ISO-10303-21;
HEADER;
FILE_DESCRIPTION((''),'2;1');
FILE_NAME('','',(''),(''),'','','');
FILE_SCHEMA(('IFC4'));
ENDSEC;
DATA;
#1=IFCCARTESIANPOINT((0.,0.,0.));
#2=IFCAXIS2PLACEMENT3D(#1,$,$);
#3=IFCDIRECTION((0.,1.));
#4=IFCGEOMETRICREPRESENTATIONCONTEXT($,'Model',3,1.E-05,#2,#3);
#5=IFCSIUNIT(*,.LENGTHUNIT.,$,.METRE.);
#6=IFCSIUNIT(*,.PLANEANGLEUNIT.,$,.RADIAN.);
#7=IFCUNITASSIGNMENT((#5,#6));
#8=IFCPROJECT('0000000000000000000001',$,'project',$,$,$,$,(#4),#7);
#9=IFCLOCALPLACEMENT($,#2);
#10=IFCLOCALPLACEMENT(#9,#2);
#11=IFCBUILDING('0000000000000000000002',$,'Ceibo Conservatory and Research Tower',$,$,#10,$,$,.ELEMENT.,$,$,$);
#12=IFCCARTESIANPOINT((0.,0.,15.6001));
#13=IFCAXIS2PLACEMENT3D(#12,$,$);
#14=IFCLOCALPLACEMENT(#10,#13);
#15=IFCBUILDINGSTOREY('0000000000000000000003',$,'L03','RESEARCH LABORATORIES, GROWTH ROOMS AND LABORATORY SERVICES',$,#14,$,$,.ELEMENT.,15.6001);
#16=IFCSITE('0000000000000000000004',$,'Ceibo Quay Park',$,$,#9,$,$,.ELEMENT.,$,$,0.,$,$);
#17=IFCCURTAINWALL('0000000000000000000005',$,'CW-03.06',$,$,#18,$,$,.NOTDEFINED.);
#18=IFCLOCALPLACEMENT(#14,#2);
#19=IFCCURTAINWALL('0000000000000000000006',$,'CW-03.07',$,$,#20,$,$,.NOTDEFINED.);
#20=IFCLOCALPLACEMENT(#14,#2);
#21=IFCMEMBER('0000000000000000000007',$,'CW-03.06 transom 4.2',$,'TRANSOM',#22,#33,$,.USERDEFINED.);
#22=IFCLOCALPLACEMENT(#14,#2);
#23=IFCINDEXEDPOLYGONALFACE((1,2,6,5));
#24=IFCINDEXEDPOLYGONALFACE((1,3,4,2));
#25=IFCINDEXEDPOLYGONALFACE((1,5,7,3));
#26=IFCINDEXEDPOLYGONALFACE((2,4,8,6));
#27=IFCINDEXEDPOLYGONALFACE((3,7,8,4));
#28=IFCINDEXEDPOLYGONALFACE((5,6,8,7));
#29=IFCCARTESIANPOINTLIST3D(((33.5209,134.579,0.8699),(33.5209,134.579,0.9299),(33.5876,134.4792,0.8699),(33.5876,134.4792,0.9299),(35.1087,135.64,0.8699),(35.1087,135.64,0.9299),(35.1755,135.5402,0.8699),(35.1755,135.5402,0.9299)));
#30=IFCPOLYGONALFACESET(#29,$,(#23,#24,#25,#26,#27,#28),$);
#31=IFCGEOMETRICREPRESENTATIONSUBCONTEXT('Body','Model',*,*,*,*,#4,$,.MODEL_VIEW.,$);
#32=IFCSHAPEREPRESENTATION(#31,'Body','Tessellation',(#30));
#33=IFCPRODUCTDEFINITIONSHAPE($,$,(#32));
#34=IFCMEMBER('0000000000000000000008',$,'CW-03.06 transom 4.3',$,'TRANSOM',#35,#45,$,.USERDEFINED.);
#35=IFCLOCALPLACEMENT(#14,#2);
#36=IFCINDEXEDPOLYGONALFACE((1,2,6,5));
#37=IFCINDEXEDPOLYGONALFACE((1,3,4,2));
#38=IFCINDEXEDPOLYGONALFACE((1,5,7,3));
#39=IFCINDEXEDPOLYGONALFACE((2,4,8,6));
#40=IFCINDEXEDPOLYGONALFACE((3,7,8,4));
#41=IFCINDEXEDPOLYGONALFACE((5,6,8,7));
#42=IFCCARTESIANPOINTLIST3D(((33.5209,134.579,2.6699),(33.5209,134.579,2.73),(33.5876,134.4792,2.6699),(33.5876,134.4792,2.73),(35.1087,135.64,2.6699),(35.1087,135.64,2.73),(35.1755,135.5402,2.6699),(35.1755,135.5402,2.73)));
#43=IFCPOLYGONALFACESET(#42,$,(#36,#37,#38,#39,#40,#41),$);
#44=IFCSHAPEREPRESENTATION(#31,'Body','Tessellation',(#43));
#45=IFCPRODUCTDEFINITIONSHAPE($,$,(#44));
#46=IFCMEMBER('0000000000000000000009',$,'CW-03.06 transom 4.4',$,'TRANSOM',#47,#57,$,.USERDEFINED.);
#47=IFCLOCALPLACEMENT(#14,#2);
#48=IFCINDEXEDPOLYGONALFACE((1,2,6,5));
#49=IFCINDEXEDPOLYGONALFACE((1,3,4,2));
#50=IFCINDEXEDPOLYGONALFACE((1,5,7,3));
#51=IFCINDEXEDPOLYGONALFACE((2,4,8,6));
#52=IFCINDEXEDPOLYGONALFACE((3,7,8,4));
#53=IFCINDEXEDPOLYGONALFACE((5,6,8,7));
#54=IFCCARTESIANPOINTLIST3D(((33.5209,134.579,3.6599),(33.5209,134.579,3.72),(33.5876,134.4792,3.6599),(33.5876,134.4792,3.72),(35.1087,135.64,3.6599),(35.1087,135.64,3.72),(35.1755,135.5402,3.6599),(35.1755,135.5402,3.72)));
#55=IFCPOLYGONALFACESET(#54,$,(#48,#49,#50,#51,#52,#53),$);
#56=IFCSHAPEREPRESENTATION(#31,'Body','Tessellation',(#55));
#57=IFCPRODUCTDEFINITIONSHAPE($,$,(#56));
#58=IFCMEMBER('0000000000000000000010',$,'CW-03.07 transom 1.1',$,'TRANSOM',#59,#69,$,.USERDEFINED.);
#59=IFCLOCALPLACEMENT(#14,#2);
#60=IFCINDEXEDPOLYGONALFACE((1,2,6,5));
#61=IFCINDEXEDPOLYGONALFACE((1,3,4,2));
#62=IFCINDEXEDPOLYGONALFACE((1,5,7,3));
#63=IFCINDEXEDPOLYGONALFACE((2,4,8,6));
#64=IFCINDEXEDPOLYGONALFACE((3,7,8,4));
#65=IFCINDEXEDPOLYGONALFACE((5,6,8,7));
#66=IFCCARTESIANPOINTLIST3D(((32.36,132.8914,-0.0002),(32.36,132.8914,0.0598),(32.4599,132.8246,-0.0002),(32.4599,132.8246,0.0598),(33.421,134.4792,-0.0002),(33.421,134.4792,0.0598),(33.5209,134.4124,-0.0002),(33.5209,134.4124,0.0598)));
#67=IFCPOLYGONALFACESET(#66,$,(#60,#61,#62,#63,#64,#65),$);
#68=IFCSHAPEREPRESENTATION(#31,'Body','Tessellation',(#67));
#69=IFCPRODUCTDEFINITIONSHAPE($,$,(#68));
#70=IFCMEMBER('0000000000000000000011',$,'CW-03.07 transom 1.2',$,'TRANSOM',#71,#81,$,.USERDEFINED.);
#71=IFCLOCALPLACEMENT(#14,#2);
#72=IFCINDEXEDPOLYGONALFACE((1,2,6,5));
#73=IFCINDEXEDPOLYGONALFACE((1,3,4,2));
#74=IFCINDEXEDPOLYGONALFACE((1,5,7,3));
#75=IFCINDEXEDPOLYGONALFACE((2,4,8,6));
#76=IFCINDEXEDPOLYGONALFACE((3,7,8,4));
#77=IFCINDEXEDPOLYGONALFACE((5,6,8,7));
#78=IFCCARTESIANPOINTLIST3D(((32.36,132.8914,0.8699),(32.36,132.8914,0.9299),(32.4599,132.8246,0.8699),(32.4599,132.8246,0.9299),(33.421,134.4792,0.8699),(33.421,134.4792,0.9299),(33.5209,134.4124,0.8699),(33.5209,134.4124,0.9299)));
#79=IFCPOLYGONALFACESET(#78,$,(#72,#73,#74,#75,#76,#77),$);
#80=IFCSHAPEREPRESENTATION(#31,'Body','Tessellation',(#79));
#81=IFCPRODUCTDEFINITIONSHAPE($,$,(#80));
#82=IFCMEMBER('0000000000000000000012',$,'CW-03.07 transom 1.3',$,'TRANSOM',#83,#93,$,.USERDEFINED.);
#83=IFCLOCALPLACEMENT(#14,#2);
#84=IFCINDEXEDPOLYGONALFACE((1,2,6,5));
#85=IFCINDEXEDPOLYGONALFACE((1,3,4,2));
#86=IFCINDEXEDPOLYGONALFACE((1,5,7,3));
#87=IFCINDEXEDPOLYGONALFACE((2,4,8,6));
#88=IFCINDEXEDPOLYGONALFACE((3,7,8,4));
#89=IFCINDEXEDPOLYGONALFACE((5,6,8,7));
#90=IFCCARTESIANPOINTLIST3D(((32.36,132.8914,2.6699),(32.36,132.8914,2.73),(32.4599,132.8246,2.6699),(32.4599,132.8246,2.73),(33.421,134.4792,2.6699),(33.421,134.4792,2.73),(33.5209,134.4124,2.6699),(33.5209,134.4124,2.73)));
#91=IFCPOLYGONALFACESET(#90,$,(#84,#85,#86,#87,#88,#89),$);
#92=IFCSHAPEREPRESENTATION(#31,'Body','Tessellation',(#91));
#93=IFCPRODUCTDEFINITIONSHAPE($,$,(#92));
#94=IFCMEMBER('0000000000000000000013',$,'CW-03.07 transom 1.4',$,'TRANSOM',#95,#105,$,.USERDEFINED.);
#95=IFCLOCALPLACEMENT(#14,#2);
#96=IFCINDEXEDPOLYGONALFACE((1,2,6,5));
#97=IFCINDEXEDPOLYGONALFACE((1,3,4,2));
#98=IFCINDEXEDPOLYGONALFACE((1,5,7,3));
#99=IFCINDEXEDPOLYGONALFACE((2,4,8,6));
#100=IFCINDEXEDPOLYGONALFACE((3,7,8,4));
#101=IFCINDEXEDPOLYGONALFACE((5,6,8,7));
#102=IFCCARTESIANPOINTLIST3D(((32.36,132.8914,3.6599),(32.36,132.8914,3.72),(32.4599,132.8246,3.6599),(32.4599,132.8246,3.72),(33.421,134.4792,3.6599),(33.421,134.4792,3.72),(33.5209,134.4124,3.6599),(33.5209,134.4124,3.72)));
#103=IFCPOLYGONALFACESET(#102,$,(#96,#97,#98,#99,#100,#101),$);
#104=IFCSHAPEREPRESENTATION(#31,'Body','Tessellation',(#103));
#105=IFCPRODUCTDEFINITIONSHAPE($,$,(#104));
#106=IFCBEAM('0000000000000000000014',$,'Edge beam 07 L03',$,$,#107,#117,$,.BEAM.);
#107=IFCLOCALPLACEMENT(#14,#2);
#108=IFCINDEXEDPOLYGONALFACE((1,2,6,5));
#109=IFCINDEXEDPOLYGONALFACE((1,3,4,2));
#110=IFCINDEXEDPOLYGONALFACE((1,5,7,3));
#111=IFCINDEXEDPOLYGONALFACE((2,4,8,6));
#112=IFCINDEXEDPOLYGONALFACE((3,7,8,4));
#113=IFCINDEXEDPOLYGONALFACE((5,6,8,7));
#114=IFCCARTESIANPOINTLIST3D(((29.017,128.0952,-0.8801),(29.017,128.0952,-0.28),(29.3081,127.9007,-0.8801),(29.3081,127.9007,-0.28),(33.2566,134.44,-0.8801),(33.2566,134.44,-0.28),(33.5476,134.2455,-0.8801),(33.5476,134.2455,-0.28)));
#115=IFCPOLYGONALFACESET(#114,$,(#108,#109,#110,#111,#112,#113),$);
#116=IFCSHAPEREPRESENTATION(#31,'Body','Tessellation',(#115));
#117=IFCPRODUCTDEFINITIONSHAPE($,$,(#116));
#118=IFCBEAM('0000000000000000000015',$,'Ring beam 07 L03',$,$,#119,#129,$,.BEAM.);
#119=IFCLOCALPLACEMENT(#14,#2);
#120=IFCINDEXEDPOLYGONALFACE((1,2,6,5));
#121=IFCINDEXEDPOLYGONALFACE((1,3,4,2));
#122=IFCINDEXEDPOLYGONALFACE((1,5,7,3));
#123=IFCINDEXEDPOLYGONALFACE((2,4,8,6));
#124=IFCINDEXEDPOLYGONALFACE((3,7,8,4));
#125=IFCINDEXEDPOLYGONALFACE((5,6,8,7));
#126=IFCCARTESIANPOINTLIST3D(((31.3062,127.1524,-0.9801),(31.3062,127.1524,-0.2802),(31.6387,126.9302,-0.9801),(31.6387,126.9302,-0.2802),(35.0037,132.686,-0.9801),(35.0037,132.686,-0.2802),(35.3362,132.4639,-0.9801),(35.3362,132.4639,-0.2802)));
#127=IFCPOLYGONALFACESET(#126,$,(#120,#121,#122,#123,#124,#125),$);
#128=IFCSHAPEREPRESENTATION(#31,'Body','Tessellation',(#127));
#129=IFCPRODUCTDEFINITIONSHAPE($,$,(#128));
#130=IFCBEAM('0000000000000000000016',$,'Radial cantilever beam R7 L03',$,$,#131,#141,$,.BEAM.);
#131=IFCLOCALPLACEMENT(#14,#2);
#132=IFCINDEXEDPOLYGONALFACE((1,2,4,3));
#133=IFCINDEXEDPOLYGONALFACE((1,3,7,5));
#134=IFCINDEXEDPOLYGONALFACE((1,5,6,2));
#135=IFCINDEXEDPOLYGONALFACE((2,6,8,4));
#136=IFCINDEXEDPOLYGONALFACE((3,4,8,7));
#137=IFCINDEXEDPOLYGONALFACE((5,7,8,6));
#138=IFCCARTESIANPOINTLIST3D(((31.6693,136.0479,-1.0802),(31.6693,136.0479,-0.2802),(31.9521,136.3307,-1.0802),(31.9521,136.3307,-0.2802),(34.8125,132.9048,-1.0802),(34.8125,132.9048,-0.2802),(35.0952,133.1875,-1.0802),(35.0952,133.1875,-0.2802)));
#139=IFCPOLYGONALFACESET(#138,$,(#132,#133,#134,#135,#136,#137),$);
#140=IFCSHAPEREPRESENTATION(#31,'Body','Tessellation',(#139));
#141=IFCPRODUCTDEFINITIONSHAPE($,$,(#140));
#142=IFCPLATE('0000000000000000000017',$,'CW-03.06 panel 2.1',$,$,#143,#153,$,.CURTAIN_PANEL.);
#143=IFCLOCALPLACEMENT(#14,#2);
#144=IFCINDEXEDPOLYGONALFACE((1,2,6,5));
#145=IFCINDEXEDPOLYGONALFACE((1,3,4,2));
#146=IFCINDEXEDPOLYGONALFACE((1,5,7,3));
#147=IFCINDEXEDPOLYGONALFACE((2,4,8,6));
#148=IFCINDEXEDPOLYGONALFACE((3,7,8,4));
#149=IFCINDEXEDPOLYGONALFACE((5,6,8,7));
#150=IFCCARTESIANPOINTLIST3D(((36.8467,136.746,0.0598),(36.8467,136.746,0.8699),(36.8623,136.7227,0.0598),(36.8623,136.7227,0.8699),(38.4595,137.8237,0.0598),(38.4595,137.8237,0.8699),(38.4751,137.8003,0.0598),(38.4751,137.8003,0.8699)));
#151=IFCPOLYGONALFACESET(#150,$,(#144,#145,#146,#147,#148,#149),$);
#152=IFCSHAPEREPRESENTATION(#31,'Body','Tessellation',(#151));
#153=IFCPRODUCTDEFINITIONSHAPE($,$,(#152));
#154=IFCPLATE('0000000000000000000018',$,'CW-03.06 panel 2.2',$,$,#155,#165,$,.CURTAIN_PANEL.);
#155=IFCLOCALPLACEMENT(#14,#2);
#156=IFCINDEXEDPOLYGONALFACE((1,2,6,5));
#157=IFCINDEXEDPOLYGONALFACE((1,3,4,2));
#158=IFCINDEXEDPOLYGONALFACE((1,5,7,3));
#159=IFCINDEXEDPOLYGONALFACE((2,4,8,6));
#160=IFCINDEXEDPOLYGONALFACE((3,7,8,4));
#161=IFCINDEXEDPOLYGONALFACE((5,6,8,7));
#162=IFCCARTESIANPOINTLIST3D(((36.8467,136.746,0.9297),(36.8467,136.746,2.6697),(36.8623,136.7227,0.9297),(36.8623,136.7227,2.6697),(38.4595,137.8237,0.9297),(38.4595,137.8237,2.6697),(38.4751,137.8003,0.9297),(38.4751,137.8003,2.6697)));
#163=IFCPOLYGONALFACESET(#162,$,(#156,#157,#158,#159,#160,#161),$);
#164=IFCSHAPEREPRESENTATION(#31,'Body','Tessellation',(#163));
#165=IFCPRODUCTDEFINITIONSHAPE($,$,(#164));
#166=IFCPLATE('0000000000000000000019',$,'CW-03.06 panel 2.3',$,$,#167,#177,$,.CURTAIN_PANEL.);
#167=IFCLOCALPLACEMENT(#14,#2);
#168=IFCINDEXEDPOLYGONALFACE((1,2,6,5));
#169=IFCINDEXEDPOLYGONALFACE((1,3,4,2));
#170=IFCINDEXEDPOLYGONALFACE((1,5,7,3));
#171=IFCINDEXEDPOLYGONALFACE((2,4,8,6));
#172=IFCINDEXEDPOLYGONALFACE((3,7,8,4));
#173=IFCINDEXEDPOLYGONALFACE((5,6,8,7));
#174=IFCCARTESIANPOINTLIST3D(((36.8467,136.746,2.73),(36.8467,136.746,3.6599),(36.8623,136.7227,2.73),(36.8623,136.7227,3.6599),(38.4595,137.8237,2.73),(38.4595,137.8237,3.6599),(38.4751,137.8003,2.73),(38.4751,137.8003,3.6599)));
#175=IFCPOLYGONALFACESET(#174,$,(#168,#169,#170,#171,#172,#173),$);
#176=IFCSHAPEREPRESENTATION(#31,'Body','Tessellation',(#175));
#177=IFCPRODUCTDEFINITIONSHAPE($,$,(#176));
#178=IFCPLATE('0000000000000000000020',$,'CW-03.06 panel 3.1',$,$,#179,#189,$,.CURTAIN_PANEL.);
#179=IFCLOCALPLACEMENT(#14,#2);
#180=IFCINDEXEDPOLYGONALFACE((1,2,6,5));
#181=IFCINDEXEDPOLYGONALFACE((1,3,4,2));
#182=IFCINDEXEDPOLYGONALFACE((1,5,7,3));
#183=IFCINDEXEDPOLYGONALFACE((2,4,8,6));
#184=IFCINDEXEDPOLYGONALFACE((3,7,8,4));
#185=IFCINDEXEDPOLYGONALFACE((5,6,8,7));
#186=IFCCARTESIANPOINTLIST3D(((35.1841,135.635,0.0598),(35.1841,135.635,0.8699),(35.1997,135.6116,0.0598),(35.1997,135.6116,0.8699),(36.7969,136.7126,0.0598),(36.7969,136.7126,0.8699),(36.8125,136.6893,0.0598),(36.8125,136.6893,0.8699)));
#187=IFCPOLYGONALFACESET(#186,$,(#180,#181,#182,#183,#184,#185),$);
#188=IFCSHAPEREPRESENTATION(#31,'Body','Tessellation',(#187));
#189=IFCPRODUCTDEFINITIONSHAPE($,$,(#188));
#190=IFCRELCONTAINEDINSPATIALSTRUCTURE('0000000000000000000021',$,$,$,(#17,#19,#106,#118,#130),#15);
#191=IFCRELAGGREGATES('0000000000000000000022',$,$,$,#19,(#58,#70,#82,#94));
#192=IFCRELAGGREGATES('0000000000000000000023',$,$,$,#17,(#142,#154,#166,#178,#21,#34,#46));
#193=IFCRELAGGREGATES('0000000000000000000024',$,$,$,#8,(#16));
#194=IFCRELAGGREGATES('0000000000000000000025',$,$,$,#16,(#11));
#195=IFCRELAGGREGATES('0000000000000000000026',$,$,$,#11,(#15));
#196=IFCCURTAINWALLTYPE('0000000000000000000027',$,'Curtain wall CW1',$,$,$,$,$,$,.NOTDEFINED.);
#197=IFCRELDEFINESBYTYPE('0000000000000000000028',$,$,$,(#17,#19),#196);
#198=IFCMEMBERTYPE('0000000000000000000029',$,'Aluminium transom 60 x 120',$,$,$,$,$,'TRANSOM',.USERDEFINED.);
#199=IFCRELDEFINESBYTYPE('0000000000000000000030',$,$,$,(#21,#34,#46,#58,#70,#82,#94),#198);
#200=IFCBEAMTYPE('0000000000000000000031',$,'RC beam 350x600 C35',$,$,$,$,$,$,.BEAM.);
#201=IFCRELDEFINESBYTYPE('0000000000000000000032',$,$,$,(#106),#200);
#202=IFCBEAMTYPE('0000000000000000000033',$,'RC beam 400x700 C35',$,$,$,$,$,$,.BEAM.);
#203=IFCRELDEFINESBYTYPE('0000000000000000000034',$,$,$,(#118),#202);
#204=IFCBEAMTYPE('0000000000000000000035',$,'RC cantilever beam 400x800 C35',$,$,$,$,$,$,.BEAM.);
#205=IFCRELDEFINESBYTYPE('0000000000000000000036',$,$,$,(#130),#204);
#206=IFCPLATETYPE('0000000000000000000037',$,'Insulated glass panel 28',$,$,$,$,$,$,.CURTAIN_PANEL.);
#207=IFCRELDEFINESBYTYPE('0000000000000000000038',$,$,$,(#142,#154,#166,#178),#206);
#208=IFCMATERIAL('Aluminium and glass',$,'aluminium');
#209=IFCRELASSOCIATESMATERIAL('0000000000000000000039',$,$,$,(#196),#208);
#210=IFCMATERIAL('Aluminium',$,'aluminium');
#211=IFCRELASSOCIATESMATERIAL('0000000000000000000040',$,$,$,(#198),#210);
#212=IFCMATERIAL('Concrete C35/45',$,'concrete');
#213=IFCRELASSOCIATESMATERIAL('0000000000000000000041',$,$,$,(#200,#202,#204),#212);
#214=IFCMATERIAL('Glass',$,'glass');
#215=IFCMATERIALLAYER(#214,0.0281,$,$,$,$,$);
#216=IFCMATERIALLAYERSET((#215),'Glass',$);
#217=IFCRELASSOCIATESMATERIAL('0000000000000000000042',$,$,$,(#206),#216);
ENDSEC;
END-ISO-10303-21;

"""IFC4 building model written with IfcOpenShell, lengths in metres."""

from ifc_helpers import new_model, si_unit, direction, frame, origin, origin_2d, place, context, subcontext, project, spatial, rectangle, extrude, material, layer, layer_set, material_profile, profile_set, type_object, element, aggregate, save


model = new_model("IFC4")

# Units and contexts
model_context = context("Model", 3, precision=1e-05, world=origin(), true_north=direction((0.0, 1.0)))
body_context = subcontext(model_context, "Body", "Model", "MODEL_VIEW")
ifc_project = project(units=[si_unit("LENGTHUNIT", "METRE"), si_unit("PLANEANGLEUNIT", "RADIAN")], contexts=[model_context])

# Site, building, storey
site_placement = place(None, origin())
site = spatial("IfcSite", under=ifc_project, at=site_placement, Name="Ceibo Quay Park", CompositionType="ELEMENT", RefElevation=0.0)
building_placement = place(site_placement, origin())
building = spatial("IfcBuilding", under=site, at=building_placement, Name="Ceibo Conservatory and Research Tower", CompositionType="ELEMENT")
storey_placement = place(building_placement, frame((0.0, 0.0, 15.6001)))
storey = spatial("IfcBuildingStorey", under=building, at=storey_placement, Name="L03", Description="RESEARCH LABORATORIES, GROWTH ROOMS AND LABORATORY SERVICES", CompositionType="ELEMENT", Elevation=15.6001)

# Shared definitions
ifc_material_1 = material(Name="Concrete C35/45", Category="concrete")

# Curtain wall
ifc_material_2 = material(Name="Aluminium and glass", Category="aluminium")
curtain_wall_type = type_object("IfcCurtainWallType", Name="Curtain wall CW1", PredefinedType="NOTDEFINED", material=ifc_material_2)
curtain_wall_1_placement = place(storey_placement, origin())
curtain_wall_1 = element("IfcCurtainWall", 1, at=curtain_wall_1_placement, inside=storey, type_object=curtain_wall_type, Name="CW-03.06", PredefinedType="NOTDEFINED")
ifc_material_3 = material(Name="Aluminium", Category="aluminium")

# Curtain wall
curtain_wall_2_placement = place(storey_placement, origin())
curtain_wall_2 = element("IfcCurtainWall", 2, at=curtain_wall_2_placement, inside=storey, type_object=curtain_wall_type, Name="CW-03.07", PredefinedType="NOTDEFINED")

# Members
ifc_material_profile_1 = material_profile(ifc_material_3, rectangle(XDim=0.1201, YDim=0.0601, at=origin_2d()), Name="Aluminium 60 x 120")
ifc_profile_set_1 = profile_set([ifc_material_profile_1], Name="Aluminium")
member_type_1 = type_object("IfcMemberType", Name="Aluminium transom 60 x 120", ElementType="TRANSOM", PredefinedType="USERDEFINED", material=ifc_profile_set_1)
member_1_placement = place(storey_placement, frame((35.1421, 135.5901, 0.8999), z_axis=(-0.83146, -0.555585, 0.0), x_axis=(0.555585, -0.83146, 0.0)))
member_1 = element("IfcMember", 3, at=member_1_placement, type_object=member_type_1, Name="CW-03.06 transom 4.2", ObjectType="TRANSOM", PredefinedType="USERDEFINED", context=body_context, shape_type="SweptSolid", body=[
    extrude(rectangle(XDim=0.1201, YDim=0.0601, at=origin_2d()), origin(), (0.0, 0.0, 1.0), 1.9097),
])
member_2_placement = place(storey_placement, frame((35.1421, 135.5901, 2.7), z_axis=(-0.83146, -0.555585, 0.0), x_axis=(0.555585, -0.83146, 0.0)))
member_2 = element("IfcMember", 4, at=member_2_placement, type_object=member_type_1, Name="CW-03.06 transom 4.3", ObjectType="TRANSOM", PredefinedType="USERDEFINED", context=body_context, shape_type="SweptSolid", body=[
    extrude(rectangle(XDim=0.1201, YDim=0.0601, at=origin_2d()), origin(), (0.0, 0.0, 1.0), 1.9097),
])
member_3_placement = place(storey_placement, frame((35.1421, 135.5901, 3.6899), z_axis=(-0.83146, -0.555585, 0.0), x_axis=(0.555585, -0.83146, 0.0)))
member_3 = element("IfcMember", 5, at=member_3_placement, type_object=member_type_1, Name="CW-03.06 transom 4.4", ObjectType="TRANSOM", PredefinedType="USERDEFINED", context=body_context, shape_type="SweptSolid", body=[
    extrude(rectangle(XDim=0.1201, YDim=0.0601, at=origin_2d()), origin(), (0.0, 0.0, 1.0), 1.9097),
])
member_4_placement = place(storey_placement, frame((33.4709, 134.4458, 0.0298), z_axis=(-0.555585, -0.83146, 0.0), x_axis=(0.83146, -0.555585, 0.0)))
member_4 = element("IfcMember", 6, at=member_4_placement, type_object=member_type_1, Name="CW-03.07 transom 1.1", ObjectType="TRANSOM", PredefinedType="USERDEFINED", context=body_context, shape_type="SweptSolid", body=[
    extrude(rectangle(XDim=0.1201, YDim=0.0601, at=origin_2d()), origin(), (0.0, 0.0, 1.0), 1.9097),
])
member_5_placement = place(storey_placement, frame((33.4709, 134.4458, 0.8999), z_axis=(-0.555585, -0.83146, 0.0), x_axis=(0.83146, -0.555585, 0.0)))
member_5 = element("IfcMember", 7, at=member_5_placement, type_object=member_type_1, Name="CW-03.07 transom 1.2", ObjectType="TRANSOM", PredefinedType="USERDEFINED", context=body_context, shape_type="SweptSolid", body=[
    extrude(rectangle(XDim=0.1201, YDim=0.0601, at=origin_2d()), origin(), (0.0, 0.0, 1.0), 1.9097),
])
member_6_placement = place(storey_placement, frame((33.4709, 134.4458, 2.7), z_axis=(-0.555585, -0.83146, 0.0), x_axis=(0.83146, -0.555585, 0.0)))
member_6 = element("IfcMember", 8, at=member_6_placement, type_object=member_type_1, Name="CW-03.07 transom 1.3", ObjectType="TRANSOM", PredefinedType="USERDEFINED", context=body_context, shape_type="SweptSolid", body=[
    extrude(rectangle(XDim=0.1201, YDim=0.0601, at=origin_2d()), origin(), (0.0, 0.0, 1.0), 1.9097),
])
member_7_placement = place(storey_placement, frame((33.4709, 134.4458, 3.6899), z_axis=(-0.555585, -0.83146, 0.0), x_axis=(0.83146, -0.555585, 0.0)))
member_7 = element("IfcMember", 9, at=member_7_placement, type_object=member_type_1, Name="CW-03.07 transom 1.4", ObjectType="TRANSOM", PredefinedType="USERDEFINED", context=body_context, shape_type="SweptSolid", body=[
    extrude(rectangle(XDim=0.1201, YDim=0.0601, at=origin_2d()), origin(), (0.0, 0.0, 1.0), 1.9097),
])
aggregate(curtain_wall_2, [member_4, member_5, member_6, member_7])

# Beams
ifc_material_profile_2 = material_profile(ifc_material_1, rectangle(XDim=0.3501, YDim=0.6001, at=origin_2d()), Name="RC 350x600")
ifc_profile_set_2 = profile_set([ifc_material_profile_2], Name="Concrete C35/45")
beam_type_1 = type_object("IfcBeamType", Name="RC beam 350x600 C35", PredefinedType="BEAM", material=ifc_profile_set_2)
beam_1_placement = place(storey_placement, frame((33.4021, 134.3428, -0.5801), z_axis=(-0.555578, -0.831464, 0.0), x_axis=(0.831464, -0.555578, 0.0)))
element("IfcBeam", 10, at=beam_1_placement, inside=storey, type_object=beam_type_1, Name="Edge beam 07 L03", PredefinedType="BEAM", context=body_context, shape_type="SweptSolid", body=[
    extrude(rectangle(XDim=0.3501, YDim=0.6001, at=origin_2d()), origin(), (0.0, 0.0, 1.0), 7.6309),
])
ifc_material_profile_3 = material_profile(ifc_material_1, rectangle(XDim=0.3999, YDim=0.7, at=origin_2d()), Name="RC 400x700")
ifc_profile_set_3 = profile_set([ifc_material_profile_3], Name="Concrete C35/45")
beam_type_2 = type_object("IfcBeamType", Name="RC beam 400x700 C35", PredefinedType="BEAM", material=ifc_profile_set_3)
beam_2_placement = place(storey_placement, frame((35.1699, 132.575, -0.6301), z_axis=(-0.555572, -0.831469, 0.0), x_axis=(0.831469, -0.555572, 0.0)))
element("IfcBeam", 11, at=beam_2_placement, inside=storey, type_object=beam_type_2, Name="Ring beam 07 L03", PredefinedType="BEAM", context=body_context, shape_type="SweptSolid", body=[
    extrude(rectangle(XDim=0.3999, YDim=0.7, at=origin_2d()), origin(), (0.0, 0.0, 1.0), 6.6553),
])
ifc_material_profile_4 = material_profile(ifc_material_1, rectangle(XDim=0.3999, YDim=0.8, at=origin_2d()), Name="RC 400x800")
ifc_profile_set_4 = profile_set([ifc_material_profile_4], Name="Concrete C35/45")
beam_type_3 = type_object("IfcBeamType", Name="RC cantilever beam 400x800 C35", PredefinedType="BEAM", material=ifc_profile_set_4)
beam_3_placement = place(storey_placement, frame((34.9539, 133.0461, -0.6802), z_axis=(-0.707107, 0.707107, 0.0), x_axis=(-0.707107, -0.707107, 0.0)))
element("IfcBeam", 12, at=beam_3_placement, inside=storey, type_object=beam_type_3, Name="Radial cantilever beam R7 L03", PredefinedType="BEAM", context=body_context, shape_type="SweptSolid", body=[
    extrude(rectangle(XDim=0.3999, YDim=0.8, at=origin_2d()), origin(), (0.0, 0.0, 1.0), 4.4451),
])

# Plates
ifc_material_4 = material(Name="Glass", Category="glass")
ifc_layer = layer(ifc_material_4, 0.0281)
ifc_layer_set = layer_set([ifc_layer], Name="Glass")
plate_type = type_object("IfcPlateType", Name="Insulated glass panel 28", PredefinedType="CURTAIN_PANEL", material=ifc_layer_set)
plate_1_placement = place(storey_placement, frame((37.6609, 137.2732, 0.0598), z_axis=(0.0, 0.0, 1.0), x_axis=(-0.83147, -0.55557, 0.0)))
plate_1 = element("IfcPlate", 13, at=plate_1_placement, type_object=plate_type, Name="CW-03.06 panel 2.1", PredefinedType="CURTAIN_PANEL", context=body_context, shape_type="SweptSolid", body=[
    extrude(rectangle(XDim=1.9397, YDim=0.0281, at=origin_2d()), origin(), (0.0, 0.0, 1.0), 0.8101),
])
plate_2_placement = place(storey_placement, frame((37.6609, 137.2732, 0.9297), z_axis=(0.0, 0.0, 1.0), x_axis=(-0.83147, -0.55557, 0.0)))
plate_2 = element("IfcPlate", 14, at=plate_2_placement, type_object=plate_type, Name="CW-03.06 panel 2.2", PredefinedType="CURTAIN_PANEL", context=body_context, shape_type="SweptSolid", body=[
    extrude(rectangle(XDim=1.9397, YDim=0.0281, at=origin_2d()), origin(), (0.0, 0.0, 1.0), 1.74),
])
plate_3_placement = place(storey_placement, frame((37.6609, 137.2732, 2.73), z_axis=(0.0, 0.0, 1.0), x_axis=(-0.83147, -0.55557, 0.0)))
plate_3 = element("IfcPlate", 15, at=plate_3_placement, type_object=plate_type, Name="CW-03.06 panel 2.3", PredefinedType="CURTAIN_PANEL", context=body_context, shape_type="SweptSolid", body=[
    extrude(rectangle(XDim=1.9397, YDim=0.0281, at=origin_2d()), origin(), (0.0, 0.0, 1.0), 0.9299),
])
plate_4_placement = place(storey_placement, frame((35.9983, 136.1621, 0.0598), z_axis=(0.0, 0.0, 1.0), x_axis=(-0.83147, -0.55557, 0.0)))
plate_4 = element("IfcPlate", 16, at=plate_4_placement, type_object=plate_type, Name="CW-03.06 panel 3.1", PredefinedType="CURTAIN_PANEL", context=body_context, shape_type="SweptSolid", body=[
    extrude(rectangle(XDim=1.9397, YDim=0.0281, at=origin_2d()), origin(), (0.0, 0.0, 1.0), 0.8101),
])
aggregate(curtain_wall_1, [plate_1, plate_2, plate_3, plate_4, member_1, member_2, member_3])

save(model, "model.ifc")
